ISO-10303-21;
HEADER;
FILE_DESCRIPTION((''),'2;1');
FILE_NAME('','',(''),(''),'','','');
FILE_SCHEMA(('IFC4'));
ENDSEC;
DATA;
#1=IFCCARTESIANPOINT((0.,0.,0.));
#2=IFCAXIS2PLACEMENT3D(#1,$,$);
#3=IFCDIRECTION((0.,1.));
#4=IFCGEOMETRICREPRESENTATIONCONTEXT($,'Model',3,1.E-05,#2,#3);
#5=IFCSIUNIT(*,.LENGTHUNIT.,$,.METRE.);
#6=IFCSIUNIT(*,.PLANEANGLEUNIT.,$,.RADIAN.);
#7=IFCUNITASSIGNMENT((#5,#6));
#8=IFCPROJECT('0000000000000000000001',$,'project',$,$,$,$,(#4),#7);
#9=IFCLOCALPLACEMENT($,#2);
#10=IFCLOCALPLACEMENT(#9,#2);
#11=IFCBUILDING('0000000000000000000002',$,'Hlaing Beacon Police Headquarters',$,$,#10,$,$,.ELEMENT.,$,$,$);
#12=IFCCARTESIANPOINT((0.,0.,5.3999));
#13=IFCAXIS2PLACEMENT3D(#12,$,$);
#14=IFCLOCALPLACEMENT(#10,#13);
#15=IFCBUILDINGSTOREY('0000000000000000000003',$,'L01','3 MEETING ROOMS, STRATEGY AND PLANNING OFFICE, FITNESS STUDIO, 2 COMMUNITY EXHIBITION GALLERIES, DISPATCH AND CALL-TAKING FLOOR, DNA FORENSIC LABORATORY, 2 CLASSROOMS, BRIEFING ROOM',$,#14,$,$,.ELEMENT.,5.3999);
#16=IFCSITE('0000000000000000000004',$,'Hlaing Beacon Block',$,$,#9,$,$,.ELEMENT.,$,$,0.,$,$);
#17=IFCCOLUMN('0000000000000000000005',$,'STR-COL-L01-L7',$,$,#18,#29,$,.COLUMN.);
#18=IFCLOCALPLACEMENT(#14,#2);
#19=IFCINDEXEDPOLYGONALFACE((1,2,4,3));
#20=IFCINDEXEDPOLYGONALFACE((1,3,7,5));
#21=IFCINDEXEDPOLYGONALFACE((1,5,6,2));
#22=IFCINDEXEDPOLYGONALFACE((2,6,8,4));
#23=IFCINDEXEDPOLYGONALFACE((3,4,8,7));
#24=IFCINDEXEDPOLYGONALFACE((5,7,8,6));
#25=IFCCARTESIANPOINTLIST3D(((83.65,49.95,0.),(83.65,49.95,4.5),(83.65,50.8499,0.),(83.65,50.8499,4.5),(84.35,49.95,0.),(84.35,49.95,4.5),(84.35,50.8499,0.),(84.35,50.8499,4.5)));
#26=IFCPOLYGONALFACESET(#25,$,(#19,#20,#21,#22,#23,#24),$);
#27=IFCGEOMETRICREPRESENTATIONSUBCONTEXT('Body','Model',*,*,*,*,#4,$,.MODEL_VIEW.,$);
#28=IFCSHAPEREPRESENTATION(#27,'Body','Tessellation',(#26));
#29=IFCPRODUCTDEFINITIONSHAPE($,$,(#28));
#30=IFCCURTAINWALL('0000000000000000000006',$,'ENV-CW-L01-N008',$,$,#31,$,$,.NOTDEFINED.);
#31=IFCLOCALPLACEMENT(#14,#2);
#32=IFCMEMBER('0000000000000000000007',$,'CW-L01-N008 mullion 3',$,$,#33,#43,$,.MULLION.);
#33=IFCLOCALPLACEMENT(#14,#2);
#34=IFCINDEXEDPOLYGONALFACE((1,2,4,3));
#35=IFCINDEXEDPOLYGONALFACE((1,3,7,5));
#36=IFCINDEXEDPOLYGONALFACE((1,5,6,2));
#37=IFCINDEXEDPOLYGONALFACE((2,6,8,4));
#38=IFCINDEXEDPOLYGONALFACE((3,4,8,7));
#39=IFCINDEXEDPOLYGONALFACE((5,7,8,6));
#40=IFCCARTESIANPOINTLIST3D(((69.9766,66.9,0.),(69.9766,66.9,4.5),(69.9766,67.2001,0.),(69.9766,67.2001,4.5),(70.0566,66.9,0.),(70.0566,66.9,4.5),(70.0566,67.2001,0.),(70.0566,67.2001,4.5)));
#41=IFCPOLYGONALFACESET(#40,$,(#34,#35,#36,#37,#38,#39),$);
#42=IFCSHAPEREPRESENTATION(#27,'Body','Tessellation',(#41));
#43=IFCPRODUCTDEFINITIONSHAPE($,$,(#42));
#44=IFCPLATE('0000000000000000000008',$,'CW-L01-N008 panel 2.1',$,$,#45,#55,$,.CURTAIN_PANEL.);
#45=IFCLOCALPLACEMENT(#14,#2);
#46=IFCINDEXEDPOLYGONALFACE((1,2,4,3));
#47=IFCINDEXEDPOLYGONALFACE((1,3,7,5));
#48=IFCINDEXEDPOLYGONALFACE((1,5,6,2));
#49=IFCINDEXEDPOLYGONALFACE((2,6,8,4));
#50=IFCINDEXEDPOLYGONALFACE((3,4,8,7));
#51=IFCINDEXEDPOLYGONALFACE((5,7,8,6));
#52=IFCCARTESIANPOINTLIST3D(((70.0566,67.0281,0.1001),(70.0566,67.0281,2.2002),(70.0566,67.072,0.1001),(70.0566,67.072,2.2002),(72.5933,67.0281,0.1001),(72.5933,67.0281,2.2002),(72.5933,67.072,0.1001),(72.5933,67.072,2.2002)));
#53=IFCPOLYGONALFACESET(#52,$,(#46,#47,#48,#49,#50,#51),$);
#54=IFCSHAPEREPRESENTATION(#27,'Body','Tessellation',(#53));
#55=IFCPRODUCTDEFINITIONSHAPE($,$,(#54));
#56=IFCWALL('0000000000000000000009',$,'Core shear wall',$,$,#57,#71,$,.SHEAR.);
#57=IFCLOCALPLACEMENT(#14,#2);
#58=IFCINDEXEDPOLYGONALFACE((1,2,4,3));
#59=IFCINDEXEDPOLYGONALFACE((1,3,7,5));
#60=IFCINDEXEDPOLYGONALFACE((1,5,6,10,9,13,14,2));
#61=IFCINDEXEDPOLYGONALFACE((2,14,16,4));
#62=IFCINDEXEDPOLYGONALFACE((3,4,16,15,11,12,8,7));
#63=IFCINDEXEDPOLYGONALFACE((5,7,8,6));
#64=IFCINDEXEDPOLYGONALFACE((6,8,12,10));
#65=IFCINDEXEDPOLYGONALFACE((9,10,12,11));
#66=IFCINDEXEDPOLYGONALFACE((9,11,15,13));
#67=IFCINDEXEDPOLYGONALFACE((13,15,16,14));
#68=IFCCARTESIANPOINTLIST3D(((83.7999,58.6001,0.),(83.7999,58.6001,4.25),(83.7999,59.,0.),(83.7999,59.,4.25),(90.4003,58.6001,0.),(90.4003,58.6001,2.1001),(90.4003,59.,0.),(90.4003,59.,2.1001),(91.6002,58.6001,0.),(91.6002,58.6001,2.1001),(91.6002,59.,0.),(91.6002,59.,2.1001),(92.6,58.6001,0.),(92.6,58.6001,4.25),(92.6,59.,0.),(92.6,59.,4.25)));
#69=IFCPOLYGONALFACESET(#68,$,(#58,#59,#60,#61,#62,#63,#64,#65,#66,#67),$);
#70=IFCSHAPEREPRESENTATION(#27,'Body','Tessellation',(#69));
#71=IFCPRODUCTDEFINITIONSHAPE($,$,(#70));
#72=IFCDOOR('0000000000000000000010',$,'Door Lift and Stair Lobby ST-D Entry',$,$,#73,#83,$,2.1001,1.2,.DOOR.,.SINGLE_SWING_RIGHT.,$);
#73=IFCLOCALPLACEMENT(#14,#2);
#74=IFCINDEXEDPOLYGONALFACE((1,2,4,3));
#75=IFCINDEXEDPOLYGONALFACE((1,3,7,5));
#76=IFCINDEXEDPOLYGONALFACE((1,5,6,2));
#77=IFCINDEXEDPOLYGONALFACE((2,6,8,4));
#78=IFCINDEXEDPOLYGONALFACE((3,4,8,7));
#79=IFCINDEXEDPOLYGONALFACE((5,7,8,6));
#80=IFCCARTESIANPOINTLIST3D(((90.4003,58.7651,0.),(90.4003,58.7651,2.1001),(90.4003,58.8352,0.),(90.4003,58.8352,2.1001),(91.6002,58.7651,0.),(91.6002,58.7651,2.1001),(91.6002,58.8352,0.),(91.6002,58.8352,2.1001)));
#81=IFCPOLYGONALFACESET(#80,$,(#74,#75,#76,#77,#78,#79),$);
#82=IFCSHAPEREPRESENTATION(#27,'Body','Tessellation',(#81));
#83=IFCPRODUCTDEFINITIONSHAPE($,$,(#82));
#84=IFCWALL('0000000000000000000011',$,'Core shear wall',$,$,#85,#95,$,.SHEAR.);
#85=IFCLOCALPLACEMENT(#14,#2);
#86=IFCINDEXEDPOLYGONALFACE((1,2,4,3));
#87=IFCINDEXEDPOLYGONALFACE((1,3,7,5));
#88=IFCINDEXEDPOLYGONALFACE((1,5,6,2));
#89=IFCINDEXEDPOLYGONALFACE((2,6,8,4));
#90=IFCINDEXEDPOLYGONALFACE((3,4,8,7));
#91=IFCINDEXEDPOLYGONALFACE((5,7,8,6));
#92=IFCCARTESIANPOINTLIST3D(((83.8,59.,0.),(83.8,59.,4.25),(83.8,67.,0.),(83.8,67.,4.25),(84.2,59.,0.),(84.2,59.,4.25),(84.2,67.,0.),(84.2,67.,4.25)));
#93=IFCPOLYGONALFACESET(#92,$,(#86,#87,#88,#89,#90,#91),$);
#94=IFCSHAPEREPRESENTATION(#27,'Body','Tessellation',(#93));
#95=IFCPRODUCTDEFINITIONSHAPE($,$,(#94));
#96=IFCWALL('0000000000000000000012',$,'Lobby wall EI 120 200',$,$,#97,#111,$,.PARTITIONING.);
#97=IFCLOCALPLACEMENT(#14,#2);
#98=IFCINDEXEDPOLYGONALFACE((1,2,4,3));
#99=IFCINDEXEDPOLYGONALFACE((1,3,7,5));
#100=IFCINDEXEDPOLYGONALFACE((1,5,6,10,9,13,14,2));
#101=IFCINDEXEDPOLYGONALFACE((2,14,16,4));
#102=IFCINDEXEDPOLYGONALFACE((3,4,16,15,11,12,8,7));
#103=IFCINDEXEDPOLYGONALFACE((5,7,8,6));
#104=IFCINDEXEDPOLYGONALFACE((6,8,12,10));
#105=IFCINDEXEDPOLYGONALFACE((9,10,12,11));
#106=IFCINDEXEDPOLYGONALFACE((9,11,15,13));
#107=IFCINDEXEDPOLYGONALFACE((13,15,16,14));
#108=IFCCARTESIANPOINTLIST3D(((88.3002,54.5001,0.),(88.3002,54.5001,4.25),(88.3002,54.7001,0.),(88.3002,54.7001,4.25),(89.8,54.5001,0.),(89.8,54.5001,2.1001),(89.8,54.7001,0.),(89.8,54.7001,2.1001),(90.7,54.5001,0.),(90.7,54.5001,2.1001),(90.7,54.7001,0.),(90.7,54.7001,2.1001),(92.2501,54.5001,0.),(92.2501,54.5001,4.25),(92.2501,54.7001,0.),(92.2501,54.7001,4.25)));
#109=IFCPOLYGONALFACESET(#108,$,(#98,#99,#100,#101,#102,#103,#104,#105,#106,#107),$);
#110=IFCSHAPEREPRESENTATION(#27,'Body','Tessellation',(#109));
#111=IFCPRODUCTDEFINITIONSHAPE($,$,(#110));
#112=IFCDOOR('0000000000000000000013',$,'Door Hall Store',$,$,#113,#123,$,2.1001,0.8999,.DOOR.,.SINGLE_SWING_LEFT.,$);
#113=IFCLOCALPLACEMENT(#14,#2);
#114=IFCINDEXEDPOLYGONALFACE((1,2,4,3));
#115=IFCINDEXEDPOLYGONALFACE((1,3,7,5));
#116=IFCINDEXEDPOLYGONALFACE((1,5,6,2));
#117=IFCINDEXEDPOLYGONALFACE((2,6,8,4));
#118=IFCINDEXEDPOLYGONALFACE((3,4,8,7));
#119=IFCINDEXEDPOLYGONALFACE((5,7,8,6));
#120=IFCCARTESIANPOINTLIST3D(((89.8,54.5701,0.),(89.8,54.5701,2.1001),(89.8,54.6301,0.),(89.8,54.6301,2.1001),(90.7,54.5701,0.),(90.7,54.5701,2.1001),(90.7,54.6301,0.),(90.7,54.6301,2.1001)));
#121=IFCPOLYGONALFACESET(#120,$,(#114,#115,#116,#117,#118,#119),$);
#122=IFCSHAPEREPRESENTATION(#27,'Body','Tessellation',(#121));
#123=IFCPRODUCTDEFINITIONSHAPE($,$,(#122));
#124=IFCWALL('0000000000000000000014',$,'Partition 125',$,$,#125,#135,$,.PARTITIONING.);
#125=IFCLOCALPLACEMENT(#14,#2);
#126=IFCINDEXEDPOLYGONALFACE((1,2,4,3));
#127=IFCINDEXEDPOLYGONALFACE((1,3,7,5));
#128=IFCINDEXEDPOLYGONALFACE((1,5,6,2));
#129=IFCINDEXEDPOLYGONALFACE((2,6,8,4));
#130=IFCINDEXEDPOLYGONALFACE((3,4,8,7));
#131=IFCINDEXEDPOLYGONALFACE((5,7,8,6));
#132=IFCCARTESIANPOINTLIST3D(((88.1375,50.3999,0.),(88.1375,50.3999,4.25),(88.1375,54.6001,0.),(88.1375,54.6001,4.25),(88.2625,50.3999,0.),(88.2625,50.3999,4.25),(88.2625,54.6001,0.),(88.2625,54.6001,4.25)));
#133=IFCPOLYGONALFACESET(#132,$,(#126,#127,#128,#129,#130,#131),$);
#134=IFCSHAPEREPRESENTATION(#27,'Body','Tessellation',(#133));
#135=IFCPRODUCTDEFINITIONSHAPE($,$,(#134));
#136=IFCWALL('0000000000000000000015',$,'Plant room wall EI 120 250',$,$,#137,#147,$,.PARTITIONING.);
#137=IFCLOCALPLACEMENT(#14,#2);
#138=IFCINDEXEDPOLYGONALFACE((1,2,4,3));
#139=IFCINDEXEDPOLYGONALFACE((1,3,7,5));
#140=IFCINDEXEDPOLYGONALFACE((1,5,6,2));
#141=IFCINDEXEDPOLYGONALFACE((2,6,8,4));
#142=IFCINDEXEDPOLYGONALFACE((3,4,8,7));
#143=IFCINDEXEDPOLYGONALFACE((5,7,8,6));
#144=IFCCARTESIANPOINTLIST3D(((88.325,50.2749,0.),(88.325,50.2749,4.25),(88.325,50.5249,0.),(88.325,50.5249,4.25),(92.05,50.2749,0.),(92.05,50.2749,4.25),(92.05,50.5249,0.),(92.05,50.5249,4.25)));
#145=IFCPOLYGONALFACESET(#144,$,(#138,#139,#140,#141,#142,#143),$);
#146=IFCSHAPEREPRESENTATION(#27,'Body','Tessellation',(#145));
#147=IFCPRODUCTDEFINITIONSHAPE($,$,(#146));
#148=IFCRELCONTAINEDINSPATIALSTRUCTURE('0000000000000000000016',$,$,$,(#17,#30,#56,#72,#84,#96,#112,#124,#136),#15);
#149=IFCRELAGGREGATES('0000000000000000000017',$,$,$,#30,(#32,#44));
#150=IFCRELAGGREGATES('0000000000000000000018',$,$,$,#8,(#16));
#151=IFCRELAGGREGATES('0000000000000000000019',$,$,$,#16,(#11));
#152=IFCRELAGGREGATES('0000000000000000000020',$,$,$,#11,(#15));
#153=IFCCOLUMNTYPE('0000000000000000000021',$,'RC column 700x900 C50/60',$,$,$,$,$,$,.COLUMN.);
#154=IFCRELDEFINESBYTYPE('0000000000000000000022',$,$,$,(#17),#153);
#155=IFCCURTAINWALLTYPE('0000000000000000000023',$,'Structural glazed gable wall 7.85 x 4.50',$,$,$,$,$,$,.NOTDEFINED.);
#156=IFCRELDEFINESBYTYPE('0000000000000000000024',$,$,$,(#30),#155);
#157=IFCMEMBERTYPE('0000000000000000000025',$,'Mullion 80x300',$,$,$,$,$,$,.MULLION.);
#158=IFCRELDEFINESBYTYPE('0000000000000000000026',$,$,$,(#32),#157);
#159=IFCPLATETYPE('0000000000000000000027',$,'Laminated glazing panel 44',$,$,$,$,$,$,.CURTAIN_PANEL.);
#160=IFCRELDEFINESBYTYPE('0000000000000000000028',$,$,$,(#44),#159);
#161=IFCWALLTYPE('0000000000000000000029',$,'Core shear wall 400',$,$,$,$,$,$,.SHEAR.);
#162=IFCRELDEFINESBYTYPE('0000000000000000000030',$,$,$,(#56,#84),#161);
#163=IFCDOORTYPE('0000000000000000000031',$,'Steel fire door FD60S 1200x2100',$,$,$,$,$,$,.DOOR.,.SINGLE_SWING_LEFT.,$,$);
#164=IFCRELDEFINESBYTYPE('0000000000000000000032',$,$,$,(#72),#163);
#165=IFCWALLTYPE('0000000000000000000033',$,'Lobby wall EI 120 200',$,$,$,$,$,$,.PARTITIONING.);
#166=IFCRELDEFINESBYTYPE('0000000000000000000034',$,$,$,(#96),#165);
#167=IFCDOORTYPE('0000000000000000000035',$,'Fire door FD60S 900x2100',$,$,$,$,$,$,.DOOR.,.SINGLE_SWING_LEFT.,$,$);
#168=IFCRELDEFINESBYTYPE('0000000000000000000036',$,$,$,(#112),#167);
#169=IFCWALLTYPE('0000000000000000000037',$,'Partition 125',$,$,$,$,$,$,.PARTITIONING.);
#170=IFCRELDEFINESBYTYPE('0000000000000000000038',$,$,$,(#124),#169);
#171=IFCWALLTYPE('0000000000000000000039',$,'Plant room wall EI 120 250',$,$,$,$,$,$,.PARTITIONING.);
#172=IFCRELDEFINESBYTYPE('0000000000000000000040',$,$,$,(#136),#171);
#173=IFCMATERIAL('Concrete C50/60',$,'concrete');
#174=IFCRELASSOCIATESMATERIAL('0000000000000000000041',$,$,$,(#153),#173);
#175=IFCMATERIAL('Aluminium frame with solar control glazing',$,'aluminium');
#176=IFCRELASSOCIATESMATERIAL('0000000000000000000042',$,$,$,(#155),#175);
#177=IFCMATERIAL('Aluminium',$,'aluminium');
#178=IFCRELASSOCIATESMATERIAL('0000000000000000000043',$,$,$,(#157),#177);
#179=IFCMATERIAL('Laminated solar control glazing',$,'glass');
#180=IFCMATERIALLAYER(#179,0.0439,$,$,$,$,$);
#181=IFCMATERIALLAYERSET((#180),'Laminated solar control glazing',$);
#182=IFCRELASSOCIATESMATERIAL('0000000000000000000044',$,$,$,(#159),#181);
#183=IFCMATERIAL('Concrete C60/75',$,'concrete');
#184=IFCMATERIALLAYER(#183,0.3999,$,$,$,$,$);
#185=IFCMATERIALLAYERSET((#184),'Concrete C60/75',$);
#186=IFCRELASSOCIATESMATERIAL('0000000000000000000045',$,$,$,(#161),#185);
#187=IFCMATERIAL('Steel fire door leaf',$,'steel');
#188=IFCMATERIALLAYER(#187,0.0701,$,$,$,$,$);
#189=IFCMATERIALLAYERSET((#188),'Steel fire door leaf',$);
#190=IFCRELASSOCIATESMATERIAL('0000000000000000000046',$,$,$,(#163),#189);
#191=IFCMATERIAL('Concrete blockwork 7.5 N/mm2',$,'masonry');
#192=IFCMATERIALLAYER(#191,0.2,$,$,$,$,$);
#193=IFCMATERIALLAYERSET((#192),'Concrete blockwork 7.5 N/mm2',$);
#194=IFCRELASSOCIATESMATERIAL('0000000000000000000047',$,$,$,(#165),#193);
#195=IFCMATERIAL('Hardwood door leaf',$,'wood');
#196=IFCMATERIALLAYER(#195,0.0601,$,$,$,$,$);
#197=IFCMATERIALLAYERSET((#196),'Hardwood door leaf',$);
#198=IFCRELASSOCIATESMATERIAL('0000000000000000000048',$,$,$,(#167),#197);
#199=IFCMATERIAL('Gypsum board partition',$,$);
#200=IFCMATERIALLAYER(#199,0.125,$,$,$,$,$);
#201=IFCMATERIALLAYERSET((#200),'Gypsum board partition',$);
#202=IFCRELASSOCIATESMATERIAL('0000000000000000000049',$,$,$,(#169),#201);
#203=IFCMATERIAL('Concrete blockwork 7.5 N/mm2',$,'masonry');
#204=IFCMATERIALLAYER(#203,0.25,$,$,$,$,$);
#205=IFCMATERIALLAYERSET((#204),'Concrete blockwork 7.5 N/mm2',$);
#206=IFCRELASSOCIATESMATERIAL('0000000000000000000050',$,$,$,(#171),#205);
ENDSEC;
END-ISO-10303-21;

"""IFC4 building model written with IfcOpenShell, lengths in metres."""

from ifc_helpers import new_model, si_unit, direction, frame, frame_2d, origin, origin_2d, place, context, subcontext, project, spatial, rectangle, extrude, material, layer, layer_set, material_profile, profile_set, type_object, element, fill, aggregate, save


model = new_model("IFC4")

# Units and contexts
model_context = context("Model", 3, precision=1e-05, world=origin(), true_north=direction((0.0, 1.0)))
body_context = subcontext(model_context, "Body", "Model", "MODEL_VIEW")
ifc_project = project(units=[si_unit("LENGTHUNIT", "METRE"), si_unit("PLANEANGLEUNIT", "RADIAN")], contexts=[model_context])

# Site, building, storey
site_placement = place(None, origin())
site = spatial("IfcSite", under=ifc_project, at=site_placement, Name="Hlaing Beacon Block", CompositionType="ELEMENT", RefElevation=0.0)
building_placement = place(site_placement, origin())
building = spatial("IfcBuilding", under=site, at=building_placement, Name="Hlaing Beacon Police Headquarters", CompositionType="ELEMENT")
storey_placement = place(building_placement, frame((0.0, 0.0, 5.3999)))
storey = spatial("IfcBuildingStorey", under=building, at=storey_placement, Name="L01", Description="3 MEETING ROOMS, STRATEGY AND PLANNING OFFICE, FITNESS STUDIO, 2 COMMUNITY EXHIBITION GALLERIES, DISPATCH AND CALL-TAKING FLOOR, DNA FORENSIC LABORATORY, 2 CLASSROOMS, BRIEFING ROOM", CompositionType="ELEMENT", Elevation=5.3999)

# Column
ifc_material_1 = material(Name="Concrete C50/60", Category="concrete")
ifc_material_profile_1 = material_profile(ifc_material_1, rectangle(XDim=0.7, YDim=0.8999, at=origin_2d()), Name="700x900")
ifc_profile_set_1 = profile_set([ifc_material_profile_1], Name="Concrete C50/60")
column_type = type_object("IfcColumnType", Name="RC column 700x900 C50/60", PredefinedType="COLUMN", material=ifc_profile_set_1)
column_placement = place(storey_placement, frame((84.0, 50.3999, 0.0), z_axis=(0.0, 0.0, 1.0), x_axis=(1.0, 0.0, 0.0)))
element("IfcColumn", 1, at=column_placement, inside=storey, type_object=column_type, Name="STR-COL-L01-L7", PredefinedType="COLUMN", context=body_context, shape_type="SweptSolid", body=[
    extrude(rectangle(XDim=0.7, YDim=0.8999, at=origin_2d()), origin(), (0.0, 0.0, 1.0), 4.5),
])

# Curtain wall, member, plate
ifc_material_2 = material(Name="Aluminium frame with solar control glazing", Category="aluminium")
curtain_wall_type = type_object("IfcCurtainWallType", Name="Structural glazed gable wall 7.85 x 4.50", PredefinedType="NOTDEFINED", material=ifc_material_2)
curtain_wall_placement = place(storey_placement, origin())
curtain_wall = element("IfcCurtainWall", 2, at=curtain_wall_placement, inside=storey, type_object=curtain_wall_type, Name="ENV-CW-L01-N008", PredefinedType="NOTDEFINED")
ifc_material_3 = material(Name="Aluminium", Category="aluminium")
ifc_material_profile_2 = material_profile(ifc_material_3, rectangle(XDim=0.3, YDim=0.0801, at=origin_2d()), Name="Mullion 80x300")
ifc_profile_set_2 = profile_set([ifc_material_profile_2], Name="Aluminium")
member_type = type_object("IfcMemberType", Name="Mullion 80x300", PredefinedType="MULLION", material=ifc_profile_set_2)
member_placement = place(storey_placement, frame((70.0166, 67.05, 0.0), z_axis=(0.0, 0.0, 1.0), x_axis=(0.0, -1.0, 0.0)))
member = element("IfcMember", 3, at=member_placement, type_object=member_type, Name="CW-L01-N008 mullion 3", PredefinedType="MULLION", context=body_context, shape_type="SweptSolid", body=[
    extrude(rectangle(XDim=0.3, YDim=0.0801, at=origin_2d()), origin(), (0.0, 0.0, 1.0), 4.5),
])
ifc_material_4 = material(Name="Laminated solar control glazing", Category="glass")
ifc_layer_1 = layer(ifc_material_4, 0.0439)
ifc_layer_set_1 = layer_set([ifc_layer_1], Name="Laminated solar control glazing")
plate_type = type_object("IfcPlateType", Name="Laminated glazing panel 44", PredefinedType="CURTAIN_PANEL", material=ifc_layer_set_1)
plate_placement = place(storey_placement, frame((71.325, 67.05, 0.1001), z_axis=(0.0, 0.0, 1.0), x_axis=(-1.0, 0.0, 0.0)))
plate = element("IfcPlate", 4, at=plate_placement, type_object=plate_type, Name="CW-L01-N008 panel 2.1", PredefinedType="CURTAIN_PANEL", context=body_context, shape_type="SweptSolid", body=[
    extrude(rectangle(XDim=2.5366, YDim=0.0439, at=origin_2d()), origin(), (0.0, 0.0, 1.0), 2.1001),
])
aggregate(curtain_wall, [member, plate])

# Wall, opening, door
ifc_material_5 = material(Name="Concrete C60/75", Category="concrete")
ifc_layer_2 = layer(ifc_material_5, 0.3999)
ifc_layer_set_2 = layer_set([ifc_layer_2], Name="Concrete C60/75")
wall_type_1 = type_object("IfcWallType", Name="Core shear wall 400", PredefinedType="SHEAR", material=ifc_layer_set_2)
wall_1_placement = place(storey_placement, frame((83.8, 58.8, 0.0), z_axis=(0.0, 0.0, 1.0), x_axis=(1.0, 0.0, 0.0)))
wall_1 = element("IfcWall", 5, at=wall_1_placement, inside=storey, type_object=wall_type_1, Name="Core shear wall", PredefinedType="SHEAR", context=body_context, shape_type="SweptSolid", body=[
    extrude(rectangle(XDim=8.8, YDim=0.3999, at=frame_2d((4.3999, 0.0))), origin(), (0.0, 0.0, 1.0), 4.25),
])
opening_1_placement = place(wall_1_placement, frame((6.6001, 0.0, 0.0)))
opening_1 = element("IfcOpeningElement", 6, at=opening_1_placement, cuts=wall_1, PredefinedType="OPENING", context=body_context, shape_type="SweptSolid", body=[
    extrude(rectangle(XDim=1.2, YDim=2.1001, at=frame_2d((0.6001, 1.05))), frame((0.0, 0.21, 0.0), z_axis=(0.0, -1.0, 0.0), x_axis=(1.0, 0.0, 0.0)), (0.0, 0.0, 1.0), 0.4199),
])
ifc_material_6 = material(Name="Steel fire door leaf", Category="steel")
ifc_layer_3 = layer(ifc_material_6, 0.0701)
ifc_layer_set_3 = layer_set([ifc_layer_3], Name="Steel fire door leaf")
door_type_1 = type_object("IfcDoorType", Name="Steel fire door FD60S 1200x2100", OperationType="SINGLE_SWING_LEFT", PredefinedType="DOOR", material=ifc_layer_set_3)
door_1_placement = place(opening_1_placement, origin())
door_1 = element("IfcDoor", 7, at=door_1_placement, inside=storey, type_object=door_type_1, Name="Door Lift and Stair Lobby ST-D Entry", OperationType="SINGLE_SWING_RIGHT", OverallHeight=2.1001, OverallWidth=1.2, PredefinedType="DOOR", context=body_context, shape_type="SweptSolid", body=[
    extrude(rectangle(XDim=1.2, YDim=2.1001, at=frame_2d((0.6001, 1.05))), frame((0.0, 0.0352, 0.0), z_axis=(0.0, -1.0, 0.0), x_axis=(1.0, 0.0, 0.0)), (0.0, 0.0, 1.0), 0.0701),
])
fill(opening_1, door_1)

# Wall
wall_2_placement = place(storey_placement, frame((84.0, 59.0, 0.0), z_axis=(0.0, 0.0, 1.0), x_axis=(0.0, 1.0, 0.0)))
element("IfcWall", 8, at=wall_2_placement, inside=storey, type_object=wall_type_1, Name="Core shear wall", PredefinedType="SHEAR", context=body_context, shape_type="SweptSolid", body=[
    extrude(rectangle(XDim=8.0, YDim=0.3999, at=frame_2d((4.0, 0.0))), origin(), (0.0, 0.0, 1.0), 4.25),
])

# Wall, opening, door
ifc_material_7 = material(Name="Concrete blockwork 7.5 N/mm2", Category="masonry")
ifc_layer_4 = layer(ifc_material_7, 0.2)
ifc_layer_set_4 = layer_set([ifc_layer_4], Name="Concrete blockwork 7.5 N/mm2")
wall_type_2 = type_object("IfcWallType", Name="Lobby wall EI 120 200", PredefinedType="PARTITIONING", material=ifc_layer_set_4)
wall_3_placement = place(storey_placement, frame((88.3, 54.6001, 0.0), z_axis=(0.0, 0.0, 1.0), x_axis=(1.0, 0.0, 0.0)))
wall_3 = element("IfcWall", 9, at=wall_3_placement, inside=storey, type_object=wall_type_2, Name="Lobby wall EI 120 200", PredefinedType="PARTITIONING", context=body_context, shape_type="SweptSolid", body=[
    extrude(rectangle(XDim=3.95, YDim=0.2, at=frame_2d((1.9751, 0.0))), origin(), (0.0, 0.0, 1.0), 4.25),
])
opening_2_placement = place(wall_3_placement, frame((1.5, 0.0, 0.0)))
opening_2 = element("IfcOpeningElement", 10, at=opening_2_placement, cuts=wall_3, PredefinedType="OPENING", context=body_context, shape_type="SweptSolid", body=[
    extrude(rectangle(XDim=0.8999, YDim=2.1001, at=frame_2d((0.45, 1.05))), frame((0.0, 0.1099, 0.0), z_axis=(0.0, -1.0, 0.0), x_axis=(1.0, 0.0, 0.0)), (0.0, 0.0, 1.0), 0.22),
])
ifc_material_8 = material(Name="Hardwood door leaf", Category="wood")
ifc_layer_5 = layer(ifc_material_8, 0.0601)
ifc_layer_set_5 = layer_set([ifc_layer_5], Name="Hardwood door leaf")
door_type_2 = type_object("IfcDoorType", Name="Fire door FD60S 900x2100", OperationType="SINGLE_SWING_LEFT", PredefinedType="DOOR", material=ifc_layer_set_5)
door_2_placement = place(opening_2_placement, frame((0.8999, 0.0, 0.0), z_axis=(0.0, 0.0, 1.0), x_axis=(-1.0, 0.0, 0.0)))
door_2 = element("IfcDoor", 11, at=door_2_placement, inside=storey, type_object=door_type_2, Name="Door Hall Store", OperationType="SINGLE_SWING_LEFT", OverallHeight=2.1001, OverallWidth=0.8999, PredefinedType="DOOR", context=body_context, shape_type="SweptSolid", body=[
    extrude(rectangle(XDim=0.8999, YDim=2.1001, at=frame_2d((0.45, 1.05))), frame((0.0, 0.03, 0.0), z_axis=(0.0, -1.0, 0.0), x_axis=(1.0, 0.0, 0.0)), (0.0, 0.0, 1.0), 0.0601),
])
fill(opening_2, door_2)

# Walls
ifc_material_9 = material(Name="Gypsum board partition")
ifc_layer_6 = layer(ifc_material_9, 0.125)
ifc_layer_set_6 = layer_set([ifc_layer_6], Name="Gypsum board partition")
wall_type_3 = type_object("IfcWallType", Name="Partition 125", PredefinedType="PARTITIONING", material=ifc_layer_set_6)
wall_4_placement = place(storey_placement, frame((88.2, 50.3999, 0.0), z_axis=(0.0, 0.0, 1.0), x_axis=(0.0, 1.0, 0.0)))
element("IfcWall", 12, at=wall_4_placement, inside=storey, type_object=wall_type_3, Name="Partition 125", PredefinedType="PARTITIONING", context=body_context, shape_type="SweptSolid", body=[
    extrude(rectangle(XDim=4.2002, YDim=0.125, at=frame_2d((2.1001, 0.0))), origin(), (0.0, 0.0, 1.0), 4.25),
])
ifc_material_10 = material(Name="Concrete blockwork 7.5 N/mm2", Category="masonry")
ifc_layer_7 = layer(ifc_material_10, 0.25)
ifc_layer_set_7 = layer_set([ifc_layer_7], Name="Concrete blockwork 7.5 N/mm2")
wall_type_4 = type_object("IfcWallType", Name="Plant room wall EI 120 250", PredefinedType="PARTITIONING", material=ifc_layer_set_7)
wall_5_placement = place(storey_placement, frame((88.325, 50.3999, 0.0), z_axis=(0.0, 0.0, 1.0), x_axis=(1.0, 0.0, 0.0)))
element("IfcWall", 13, at=wall_5_placement, inside=storey, type_object=wall_type_4, Name="Plant room wall EI 120 250", PredefinedType="PARTITIONING", context=body_context, shape_type="SweptSolid", body=[
    extrude(rectangle(XDim=3.7251, YDim=0.25, at=frame_2d((1.8625, 0.0))), origin(), (0.0, 0.0, 1.0), 4.25),
])

save(model, "model.ifc")
